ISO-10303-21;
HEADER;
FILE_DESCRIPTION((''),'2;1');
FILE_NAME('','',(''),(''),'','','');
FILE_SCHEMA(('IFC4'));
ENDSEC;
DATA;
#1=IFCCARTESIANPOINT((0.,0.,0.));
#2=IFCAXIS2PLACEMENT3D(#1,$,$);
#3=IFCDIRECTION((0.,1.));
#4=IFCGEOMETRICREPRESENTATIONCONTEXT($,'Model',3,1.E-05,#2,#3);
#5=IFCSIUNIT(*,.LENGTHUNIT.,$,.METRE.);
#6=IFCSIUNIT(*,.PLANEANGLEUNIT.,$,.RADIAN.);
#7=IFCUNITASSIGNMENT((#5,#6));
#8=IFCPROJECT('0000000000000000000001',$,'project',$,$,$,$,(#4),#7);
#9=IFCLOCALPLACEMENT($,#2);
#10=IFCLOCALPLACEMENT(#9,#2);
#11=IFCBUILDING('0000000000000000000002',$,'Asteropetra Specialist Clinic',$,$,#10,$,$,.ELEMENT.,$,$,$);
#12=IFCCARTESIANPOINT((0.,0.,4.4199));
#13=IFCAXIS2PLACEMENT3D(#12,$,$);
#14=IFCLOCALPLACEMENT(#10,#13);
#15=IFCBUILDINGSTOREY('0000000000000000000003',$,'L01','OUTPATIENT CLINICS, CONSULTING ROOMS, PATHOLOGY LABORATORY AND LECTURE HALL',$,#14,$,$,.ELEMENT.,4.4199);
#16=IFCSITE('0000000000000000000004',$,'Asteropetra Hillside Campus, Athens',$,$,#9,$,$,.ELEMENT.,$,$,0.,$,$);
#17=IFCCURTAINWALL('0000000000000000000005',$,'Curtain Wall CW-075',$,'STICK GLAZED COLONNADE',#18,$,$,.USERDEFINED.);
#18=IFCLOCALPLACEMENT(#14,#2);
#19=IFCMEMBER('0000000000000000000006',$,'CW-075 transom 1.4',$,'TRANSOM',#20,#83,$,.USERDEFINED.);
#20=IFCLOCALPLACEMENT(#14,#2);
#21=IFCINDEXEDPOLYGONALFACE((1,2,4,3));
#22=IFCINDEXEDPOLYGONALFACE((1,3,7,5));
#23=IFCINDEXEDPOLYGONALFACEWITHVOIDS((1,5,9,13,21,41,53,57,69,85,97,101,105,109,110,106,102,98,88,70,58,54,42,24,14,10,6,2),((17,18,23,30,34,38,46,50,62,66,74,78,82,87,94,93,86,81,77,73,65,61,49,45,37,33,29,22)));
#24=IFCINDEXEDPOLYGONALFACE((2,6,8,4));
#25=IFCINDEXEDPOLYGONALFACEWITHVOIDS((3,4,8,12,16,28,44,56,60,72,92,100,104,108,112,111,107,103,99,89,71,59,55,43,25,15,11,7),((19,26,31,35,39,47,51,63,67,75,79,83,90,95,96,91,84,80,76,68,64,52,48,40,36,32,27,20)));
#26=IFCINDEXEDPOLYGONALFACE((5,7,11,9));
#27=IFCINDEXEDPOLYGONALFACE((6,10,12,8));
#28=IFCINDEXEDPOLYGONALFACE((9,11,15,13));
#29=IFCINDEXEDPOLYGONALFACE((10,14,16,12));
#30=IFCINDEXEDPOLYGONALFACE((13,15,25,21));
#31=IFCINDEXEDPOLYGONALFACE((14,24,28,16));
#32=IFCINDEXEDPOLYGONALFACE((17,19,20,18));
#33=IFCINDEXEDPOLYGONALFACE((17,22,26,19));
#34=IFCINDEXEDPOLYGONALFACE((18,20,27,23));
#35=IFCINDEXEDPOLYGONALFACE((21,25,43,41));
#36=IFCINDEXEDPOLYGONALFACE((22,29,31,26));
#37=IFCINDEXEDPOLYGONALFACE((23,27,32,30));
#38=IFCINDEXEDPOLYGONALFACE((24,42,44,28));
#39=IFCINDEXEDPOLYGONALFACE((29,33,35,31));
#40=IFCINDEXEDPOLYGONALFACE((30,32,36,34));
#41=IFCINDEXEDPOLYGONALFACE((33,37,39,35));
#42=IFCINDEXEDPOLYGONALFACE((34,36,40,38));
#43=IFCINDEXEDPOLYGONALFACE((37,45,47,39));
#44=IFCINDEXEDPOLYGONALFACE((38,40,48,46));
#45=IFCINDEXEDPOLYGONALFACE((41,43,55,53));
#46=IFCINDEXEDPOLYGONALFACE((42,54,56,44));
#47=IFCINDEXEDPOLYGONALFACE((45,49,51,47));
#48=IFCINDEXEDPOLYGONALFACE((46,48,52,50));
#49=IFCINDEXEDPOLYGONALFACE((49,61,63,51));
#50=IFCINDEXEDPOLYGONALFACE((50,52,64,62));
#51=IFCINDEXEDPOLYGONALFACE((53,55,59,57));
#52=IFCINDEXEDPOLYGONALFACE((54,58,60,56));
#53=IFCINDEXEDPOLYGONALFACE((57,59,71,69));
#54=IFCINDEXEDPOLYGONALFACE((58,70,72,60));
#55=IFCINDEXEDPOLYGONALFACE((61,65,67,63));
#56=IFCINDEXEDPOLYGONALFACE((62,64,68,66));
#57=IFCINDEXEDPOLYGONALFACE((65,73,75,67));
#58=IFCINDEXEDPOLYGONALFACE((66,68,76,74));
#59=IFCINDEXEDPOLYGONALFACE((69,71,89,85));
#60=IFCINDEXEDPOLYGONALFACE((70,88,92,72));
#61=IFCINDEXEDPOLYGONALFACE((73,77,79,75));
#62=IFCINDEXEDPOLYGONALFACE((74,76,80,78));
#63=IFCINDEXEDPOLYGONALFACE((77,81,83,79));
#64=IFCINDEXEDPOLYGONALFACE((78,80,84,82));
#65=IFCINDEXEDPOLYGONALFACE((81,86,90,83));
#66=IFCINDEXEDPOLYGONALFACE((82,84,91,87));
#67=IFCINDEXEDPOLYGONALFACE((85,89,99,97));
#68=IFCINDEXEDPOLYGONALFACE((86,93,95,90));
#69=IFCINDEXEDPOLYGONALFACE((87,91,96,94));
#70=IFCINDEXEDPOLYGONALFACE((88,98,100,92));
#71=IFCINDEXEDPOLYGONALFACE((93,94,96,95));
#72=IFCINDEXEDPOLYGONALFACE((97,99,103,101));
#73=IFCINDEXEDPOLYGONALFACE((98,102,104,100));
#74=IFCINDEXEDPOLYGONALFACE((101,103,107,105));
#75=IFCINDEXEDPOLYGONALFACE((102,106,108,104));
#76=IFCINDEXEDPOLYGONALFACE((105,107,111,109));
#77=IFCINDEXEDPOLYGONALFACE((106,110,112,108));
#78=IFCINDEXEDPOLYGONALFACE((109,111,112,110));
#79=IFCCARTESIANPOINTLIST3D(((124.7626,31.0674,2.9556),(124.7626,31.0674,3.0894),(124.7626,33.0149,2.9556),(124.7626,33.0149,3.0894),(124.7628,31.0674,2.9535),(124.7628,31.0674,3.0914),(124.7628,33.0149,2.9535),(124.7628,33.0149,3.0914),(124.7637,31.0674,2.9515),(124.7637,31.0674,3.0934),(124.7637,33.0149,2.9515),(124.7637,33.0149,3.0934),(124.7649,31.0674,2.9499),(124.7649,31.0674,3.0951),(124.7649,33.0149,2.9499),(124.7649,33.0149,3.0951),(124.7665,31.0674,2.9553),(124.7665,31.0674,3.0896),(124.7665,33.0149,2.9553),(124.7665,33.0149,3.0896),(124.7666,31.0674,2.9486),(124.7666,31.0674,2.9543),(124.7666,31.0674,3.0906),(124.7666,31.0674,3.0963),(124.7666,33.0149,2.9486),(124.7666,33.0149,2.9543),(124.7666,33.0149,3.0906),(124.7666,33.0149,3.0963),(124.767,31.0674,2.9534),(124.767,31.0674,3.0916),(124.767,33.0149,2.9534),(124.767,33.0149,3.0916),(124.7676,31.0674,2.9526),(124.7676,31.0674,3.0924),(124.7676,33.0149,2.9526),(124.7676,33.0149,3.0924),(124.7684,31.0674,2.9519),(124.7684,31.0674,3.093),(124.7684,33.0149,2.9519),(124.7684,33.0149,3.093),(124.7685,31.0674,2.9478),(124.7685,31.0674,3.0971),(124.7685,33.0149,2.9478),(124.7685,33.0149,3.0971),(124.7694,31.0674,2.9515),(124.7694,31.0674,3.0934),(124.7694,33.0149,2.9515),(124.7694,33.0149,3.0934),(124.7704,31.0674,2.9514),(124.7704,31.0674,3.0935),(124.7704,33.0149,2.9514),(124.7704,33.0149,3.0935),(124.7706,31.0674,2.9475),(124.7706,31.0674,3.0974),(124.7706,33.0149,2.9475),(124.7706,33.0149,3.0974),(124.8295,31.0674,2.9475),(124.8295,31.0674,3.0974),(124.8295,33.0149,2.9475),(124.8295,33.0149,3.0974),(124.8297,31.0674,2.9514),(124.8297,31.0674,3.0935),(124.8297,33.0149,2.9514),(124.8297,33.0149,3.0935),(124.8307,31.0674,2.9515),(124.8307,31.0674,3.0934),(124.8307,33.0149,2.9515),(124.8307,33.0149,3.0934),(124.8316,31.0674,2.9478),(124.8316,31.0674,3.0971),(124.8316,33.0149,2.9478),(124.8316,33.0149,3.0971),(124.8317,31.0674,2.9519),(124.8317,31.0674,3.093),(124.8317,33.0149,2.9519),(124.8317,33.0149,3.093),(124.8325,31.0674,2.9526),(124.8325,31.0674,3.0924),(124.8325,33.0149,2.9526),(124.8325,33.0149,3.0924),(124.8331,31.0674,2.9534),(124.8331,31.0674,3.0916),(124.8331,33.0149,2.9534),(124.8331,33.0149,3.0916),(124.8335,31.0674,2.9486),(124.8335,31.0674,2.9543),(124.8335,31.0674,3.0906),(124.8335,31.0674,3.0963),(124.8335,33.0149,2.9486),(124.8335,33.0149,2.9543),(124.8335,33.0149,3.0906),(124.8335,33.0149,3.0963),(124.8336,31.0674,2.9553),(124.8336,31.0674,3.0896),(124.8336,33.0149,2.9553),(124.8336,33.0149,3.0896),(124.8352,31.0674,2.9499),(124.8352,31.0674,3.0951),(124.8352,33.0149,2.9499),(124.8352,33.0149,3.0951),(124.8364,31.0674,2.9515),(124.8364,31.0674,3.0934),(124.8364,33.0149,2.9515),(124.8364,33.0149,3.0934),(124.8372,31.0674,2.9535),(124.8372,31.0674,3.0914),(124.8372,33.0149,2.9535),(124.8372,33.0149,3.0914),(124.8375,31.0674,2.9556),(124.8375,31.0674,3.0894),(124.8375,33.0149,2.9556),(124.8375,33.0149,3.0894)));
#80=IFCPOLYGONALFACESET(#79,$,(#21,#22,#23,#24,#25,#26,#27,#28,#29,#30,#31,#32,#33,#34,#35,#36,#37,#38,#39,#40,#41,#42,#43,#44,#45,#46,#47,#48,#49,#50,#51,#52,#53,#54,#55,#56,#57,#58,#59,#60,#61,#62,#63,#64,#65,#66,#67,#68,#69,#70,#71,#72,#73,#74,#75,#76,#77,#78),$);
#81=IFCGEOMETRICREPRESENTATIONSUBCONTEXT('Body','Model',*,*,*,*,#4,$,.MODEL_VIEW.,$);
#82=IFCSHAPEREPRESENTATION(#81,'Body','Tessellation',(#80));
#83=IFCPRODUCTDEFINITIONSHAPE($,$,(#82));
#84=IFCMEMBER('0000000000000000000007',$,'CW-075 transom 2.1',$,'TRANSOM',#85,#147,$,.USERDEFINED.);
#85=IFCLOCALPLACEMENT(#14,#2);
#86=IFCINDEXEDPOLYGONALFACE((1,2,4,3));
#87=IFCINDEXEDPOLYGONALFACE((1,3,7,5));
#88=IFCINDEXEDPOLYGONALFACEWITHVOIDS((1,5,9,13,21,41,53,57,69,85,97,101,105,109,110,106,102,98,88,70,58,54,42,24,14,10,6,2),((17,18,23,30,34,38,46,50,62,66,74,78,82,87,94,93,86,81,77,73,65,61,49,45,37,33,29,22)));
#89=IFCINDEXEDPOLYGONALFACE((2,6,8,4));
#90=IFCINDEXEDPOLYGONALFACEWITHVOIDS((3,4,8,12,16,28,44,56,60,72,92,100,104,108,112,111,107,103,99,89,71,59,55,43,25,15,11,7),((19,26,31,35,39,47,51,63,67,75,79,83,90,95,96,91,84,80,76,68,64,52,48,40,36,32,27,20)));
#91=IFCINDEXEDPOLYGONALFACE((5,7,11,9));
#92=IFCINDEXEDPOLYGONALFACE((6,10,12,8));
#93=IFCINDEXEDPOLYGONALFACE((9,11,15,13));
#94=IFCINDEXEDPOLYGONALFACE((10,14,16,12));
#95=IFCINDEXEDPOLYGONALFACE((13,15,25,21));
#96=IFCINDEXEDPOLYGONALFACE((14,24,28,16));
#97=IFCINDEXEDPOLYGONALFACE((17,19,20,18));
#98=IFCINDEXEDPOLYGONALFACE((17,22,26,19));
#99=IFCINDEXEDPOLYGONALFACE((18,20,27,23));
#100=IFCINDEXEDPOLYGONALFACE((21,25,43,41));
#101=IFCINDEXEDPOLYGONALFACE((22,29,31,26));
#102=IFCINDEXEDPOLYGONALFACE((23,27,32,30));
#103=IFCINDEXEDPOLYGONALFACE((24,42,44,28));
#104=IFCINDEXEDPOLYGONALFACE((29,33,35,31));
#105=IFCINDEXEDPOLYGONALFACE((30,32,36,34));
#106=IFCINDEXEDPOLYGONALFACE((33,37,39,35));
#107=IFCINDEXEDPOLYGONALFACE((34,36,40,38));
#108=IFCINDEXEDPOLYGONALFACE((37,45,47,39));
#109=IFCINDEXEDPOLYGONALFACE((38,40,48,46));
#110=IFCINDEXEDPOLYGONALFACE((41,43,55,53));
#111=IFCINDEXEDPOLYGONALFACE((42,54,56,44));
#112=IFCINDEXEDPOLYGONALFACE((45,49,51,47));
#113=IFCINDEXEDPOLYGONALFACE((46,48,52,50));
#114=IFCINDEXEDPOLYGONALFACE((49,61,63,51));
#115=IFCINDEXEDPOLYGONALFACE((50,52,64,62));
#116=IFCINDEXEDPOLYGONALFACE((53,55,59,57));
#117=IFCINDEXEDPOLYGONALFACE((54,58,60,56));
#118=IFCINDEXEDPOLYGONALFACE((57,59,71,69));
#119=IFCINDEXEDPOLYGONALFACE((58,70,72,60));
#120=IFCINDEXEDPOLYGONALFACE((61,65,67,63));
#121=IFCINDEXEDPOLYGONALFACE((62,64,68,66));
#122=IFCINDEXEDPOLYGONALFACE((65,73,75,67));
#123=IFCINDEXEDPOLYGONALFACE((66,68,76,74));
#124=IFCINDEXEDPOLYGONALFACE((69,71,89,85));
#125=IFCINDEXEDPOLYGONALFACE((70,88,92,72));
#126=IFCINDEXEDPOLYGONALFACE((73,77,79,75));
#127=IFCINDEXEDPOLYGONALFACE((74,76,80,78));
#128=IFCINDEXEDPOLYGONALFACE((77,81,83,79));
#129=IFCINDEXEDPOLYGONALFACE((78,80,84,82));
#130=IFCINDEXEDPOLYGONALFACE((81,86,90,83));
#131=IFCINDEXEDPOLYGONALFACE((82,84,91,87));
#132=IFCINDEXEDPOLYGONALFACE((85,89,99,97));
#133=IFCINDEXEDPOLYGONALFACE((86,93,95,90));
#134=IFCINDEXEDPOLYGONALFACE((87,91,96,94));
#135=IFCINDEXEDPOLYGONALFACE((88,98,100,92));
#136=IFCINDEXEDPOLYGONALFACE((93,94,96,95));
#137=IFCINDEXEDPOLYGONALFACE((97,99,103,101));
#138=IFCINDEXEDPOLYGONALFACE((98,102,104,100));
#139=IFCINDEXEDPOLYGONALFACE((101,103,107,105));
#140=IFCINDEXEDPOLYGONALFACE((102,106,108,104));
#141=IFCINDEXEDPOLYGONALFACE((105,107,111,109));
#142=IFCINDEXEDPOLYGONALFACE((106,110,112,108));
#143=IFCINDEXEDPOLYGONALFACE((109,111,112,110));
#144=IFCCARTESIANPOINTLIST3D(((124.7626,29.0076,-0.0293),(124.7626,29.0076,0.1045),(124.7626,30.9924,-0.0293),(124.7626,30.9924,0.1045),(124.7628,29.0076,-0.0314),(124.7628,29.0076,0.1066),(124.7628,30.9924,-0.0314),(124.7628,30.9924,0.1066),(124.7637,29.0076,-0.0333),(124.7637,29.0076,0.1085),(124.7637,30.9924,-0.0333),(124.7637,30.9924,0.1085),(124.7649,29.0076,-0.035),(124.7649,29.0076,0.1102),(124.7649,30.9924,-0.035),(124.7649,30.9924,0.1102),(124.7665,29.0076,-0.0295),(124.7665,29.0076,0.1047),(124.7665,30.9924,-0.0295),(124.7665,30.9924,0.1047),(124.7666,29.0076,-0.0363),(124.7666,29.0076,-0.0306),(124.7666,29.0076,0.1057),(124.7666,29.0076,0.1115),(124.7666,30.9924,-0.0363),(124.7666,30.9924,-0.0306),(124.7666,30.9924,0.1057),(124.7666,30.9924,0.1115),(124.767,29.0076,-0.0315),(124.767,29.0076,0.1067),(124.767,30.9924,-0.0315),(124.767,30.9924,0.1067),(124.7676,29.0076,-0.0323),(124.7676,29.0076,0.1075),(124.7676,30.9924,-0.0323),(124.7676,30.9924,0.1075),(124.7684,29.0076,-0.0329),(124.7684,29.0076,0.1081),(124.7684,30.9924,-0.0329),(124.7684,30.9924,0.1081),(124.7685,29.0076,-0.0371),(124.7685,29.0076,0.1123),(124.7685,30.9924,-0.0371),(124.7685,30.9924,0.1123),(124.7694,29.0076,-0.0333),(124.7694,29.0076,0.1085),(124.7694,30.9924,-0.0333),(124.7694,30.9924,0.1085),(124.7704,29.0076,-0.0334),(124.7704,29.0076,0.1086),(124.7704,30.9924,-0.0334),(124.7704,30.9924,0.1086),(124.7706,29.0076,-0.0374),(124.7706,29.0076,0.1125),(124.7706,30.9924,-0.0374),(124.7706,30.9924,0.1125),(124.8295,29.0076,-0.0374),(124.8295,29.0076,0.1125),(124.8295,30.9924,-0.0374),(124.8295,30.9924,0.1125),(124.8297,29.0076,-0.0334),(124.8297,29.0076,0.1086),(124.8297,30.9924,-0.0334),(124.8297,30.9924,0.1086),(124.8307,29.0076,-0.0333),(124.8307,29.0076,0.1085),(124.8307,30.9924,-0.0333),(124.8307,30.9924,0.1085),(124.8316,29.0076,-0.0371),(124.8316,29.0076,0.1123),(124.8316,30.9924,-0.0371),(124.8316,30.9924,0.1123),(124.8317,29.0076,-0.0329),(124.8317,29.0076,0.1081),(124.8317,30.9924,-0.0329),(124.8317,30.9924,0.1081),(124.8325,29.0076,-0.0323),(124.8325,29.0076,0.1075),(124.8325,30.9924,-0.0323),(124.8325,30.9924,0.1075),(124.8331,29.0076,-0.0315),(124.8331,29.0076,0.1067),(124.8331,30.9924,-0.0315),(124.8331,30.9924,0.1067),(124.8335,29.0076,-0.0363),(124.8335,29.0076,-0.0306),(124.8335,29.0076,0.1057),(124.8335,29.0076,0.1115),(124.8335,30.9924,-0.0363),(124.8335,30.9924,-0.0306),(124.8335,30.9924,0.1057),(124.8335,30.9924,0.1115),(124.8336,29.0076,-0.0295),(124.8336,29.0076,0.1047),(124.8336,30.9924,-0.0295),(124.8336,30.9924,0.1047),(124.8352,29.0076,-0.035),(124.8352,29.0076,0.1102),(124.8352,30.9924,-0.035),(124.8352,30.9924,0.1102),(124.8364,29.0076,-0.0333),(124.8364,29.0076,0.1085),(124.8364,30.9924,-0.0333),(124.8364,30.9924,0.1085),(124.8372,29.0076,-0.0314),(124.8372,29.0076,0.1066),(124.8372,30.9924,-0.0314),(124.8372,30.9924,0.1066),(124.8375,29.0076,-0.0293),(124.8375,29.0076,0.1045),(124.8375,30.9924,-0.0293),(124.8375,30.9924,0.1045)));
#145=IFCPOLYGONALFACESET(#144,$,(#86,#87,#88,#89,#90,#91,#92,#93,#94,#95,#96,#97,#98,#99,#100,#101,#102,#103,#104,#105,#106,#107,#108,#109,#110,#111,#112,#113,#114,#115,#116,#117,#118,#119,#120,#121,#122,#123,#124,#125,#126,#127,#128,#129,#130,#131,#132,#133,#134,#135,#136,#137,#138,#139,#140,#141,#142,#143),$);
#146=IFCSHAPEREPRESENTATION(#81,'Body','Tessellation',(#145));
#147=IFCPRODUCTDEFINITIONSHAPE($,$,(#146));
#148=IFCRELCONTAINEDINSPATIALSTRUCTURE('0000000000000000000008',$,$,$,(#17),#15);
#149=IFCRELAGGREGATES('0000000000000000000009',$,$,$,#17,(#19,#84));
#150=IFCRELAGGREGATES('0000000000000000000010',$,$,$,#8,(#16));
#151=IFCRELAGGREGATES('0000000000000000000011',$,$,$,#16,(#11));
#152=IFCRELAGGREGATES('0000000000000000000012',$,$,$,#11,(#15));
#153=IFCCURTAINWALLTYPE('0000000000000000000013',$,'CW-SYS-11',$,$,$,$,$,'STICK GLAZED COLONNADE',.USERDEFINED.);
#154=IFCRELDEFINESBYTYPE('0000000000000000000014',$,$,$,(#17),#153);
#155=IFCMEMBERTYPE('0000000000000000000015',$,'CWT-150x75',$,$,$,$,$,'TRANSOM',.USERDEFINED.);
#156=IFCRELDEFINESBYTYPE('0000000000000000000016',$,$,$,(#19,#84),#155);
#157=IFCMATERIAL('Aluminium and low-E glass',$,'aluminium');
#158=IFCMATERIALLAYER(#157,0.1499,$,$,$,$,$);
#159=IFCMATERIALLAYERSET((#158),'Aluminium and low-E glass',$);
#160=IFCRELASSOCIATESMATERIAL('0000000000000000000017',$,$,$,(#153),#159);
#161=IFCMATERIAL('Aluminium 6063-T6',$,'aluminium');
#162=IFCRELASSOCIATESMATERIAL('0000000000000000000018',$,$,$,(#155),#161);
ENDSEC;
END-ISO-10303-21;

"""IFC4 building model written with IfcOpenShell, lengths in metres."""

from ifc_helpers import new_model, si_unit, direction, frame, origin, origin_2d, place, context, subcontext, project, spatial, hollow_rectangle, extrude, material, layer, layer_set, material_profile, profile_set, type_object, element, aggregate, save


model = new_model("IFC4")

# Units and contexts
model_context = context("Model", 3, precision=1e-05, world=origin(), true_north=direction((0.0, 1.0)))
body_context = subcontext(model_context, "Body", "Model", "MODEL_VIEW")
ifc_project = project(units=[si_unit("LENGTHUNIT", "METRE"), si_unit("PLANEANGLEUNIT", "RADIAN")], contexts=[model_context])

# Site, building, storey
site_placement = place(None, origin())
site = spatial("IfcSite", under=ifc_project, at=site_placement, Name="Asteropetra Hillside Campus, Athens", CompositionType="ELEMENT", RefElevation=0.0)
building_placement = place(site_placement, origin())
building = spatial("IfcBuilding", under=site, at=building_placement, Name="Asteropetra Specialist Clinic", CompositionType="ELEMENT")
storey_placement = place(building_placement, frame((0.0, 0.0, 4.4199)))
storey = spatial("IfcBuildingStorey", under=building, at=storey_placement, Name="L01", Description="OUTPATIENT CLINICS, CONSULTING ROOMS, PATHOLOGY LABORATORY AND LECTURE HALL", CompositionType="ELEMENT", Elevation=4.4199)

# Curtain wall, members
ifc_material_1 = material(Name="Aluminium and low-E glass", Category="aluminium")
ifc_layer_1 = layer(ifc_material_1, 0.1499)
ifc_layer_set_1 = layer_set([ifc_layer_1], Name="Aluminium and low-E glass")
curtain_wall_type = type_object("IfcCurtainWallType", Name="CW-SYS-11", ElementType="STICK GLAZED COLONNADE", PredefinedType="USERDEFINED", material=ifc_layer_set_1)
curtain_wall_placement = place(storey_placement, origin())
curtain_wall = element("IfcCurtainWall", 1, at=curtain_wall_placement, inside=storey, type_object=curtain_wall_type, Name="Curtain Wall CW-075", ObjectType="STICK GLAZED COLONNADE", PredefinedType="USERDEFINED")
ifc_material_2 = material(Name="Aluminium 6063-T6", Category="aluminium")
ifc_material_profile_1 = material_profile(ifc_material_2, hollow_rectangle(XDim=0.075, YDim=0.1499, WallThickness=0.0039, InnerFilletRadius=0.0039, OuterFilletRadius=0.0081, at=origin_2d()), Name="TRN 150x75x4.0")
ifc_profile_set_1 = profile_set([ifc_material_profile_1], Name="Aluminium 6063-T6")
member_type_1 = type_object("IfcMemberType", Name="CWT-150x75", ElementType="TRANSOM", PredefinedType="USERDEFINED", material=ifc_profile_set_1)
member_1_placement = place(storey_placement, frame((124.8, 33.0149, 3.0225), z_axis=(0.0, -1.0, 0.0), x_axis=(1.0, 0.0, 0.0)))
member_1 = element("IfcMember", 2, at=member_1_placement, type_object=member_type_1, Name="CW-075 transom 1.4", ObjectType="TRANSOM", PredefinedType="USERDEFINED", context=body_context, shape_type="SweptSolid", body=[
    extrude(hollow_rectangle(XDim=0.075, YDim=0.1499, WallThickness=0.0039, InnerFilletRadius=0.0039, OuterFilletRadius=0.0081, at=origin_2d()), origin(), (0.0, 0.0, 1.0), 1.9475),
])
member_2_placement = place(storey_placement, frame((124.8, 30.9924, 0.0376), z_axis=(0.0, -1.0, 0.0), x_axis=(1.0, 0.0, 0.0)))
member_2 = element("IfcMember", 3, at=member_2_placement, type_object=member_type_1, Name="CW-075 transom 2.1", ObjectType="TRANSOM", PredefinedType="USERDEFINED", context=body_context, shape_type="SweptSolid", body=[
    extrude(hollow_rectangle(XDim=0.075, YDim=0.1499, WallThickness=0.0039, InnerFilletRadius=0.0039, OuterFilletRadius=0.0081, at=origin_2d()), origin(), (0.0, 0.0, 1.0), 1.9849),
])

aggregate(curtain_wall, [member_1, member_2])

save(model, "model.ifc")
